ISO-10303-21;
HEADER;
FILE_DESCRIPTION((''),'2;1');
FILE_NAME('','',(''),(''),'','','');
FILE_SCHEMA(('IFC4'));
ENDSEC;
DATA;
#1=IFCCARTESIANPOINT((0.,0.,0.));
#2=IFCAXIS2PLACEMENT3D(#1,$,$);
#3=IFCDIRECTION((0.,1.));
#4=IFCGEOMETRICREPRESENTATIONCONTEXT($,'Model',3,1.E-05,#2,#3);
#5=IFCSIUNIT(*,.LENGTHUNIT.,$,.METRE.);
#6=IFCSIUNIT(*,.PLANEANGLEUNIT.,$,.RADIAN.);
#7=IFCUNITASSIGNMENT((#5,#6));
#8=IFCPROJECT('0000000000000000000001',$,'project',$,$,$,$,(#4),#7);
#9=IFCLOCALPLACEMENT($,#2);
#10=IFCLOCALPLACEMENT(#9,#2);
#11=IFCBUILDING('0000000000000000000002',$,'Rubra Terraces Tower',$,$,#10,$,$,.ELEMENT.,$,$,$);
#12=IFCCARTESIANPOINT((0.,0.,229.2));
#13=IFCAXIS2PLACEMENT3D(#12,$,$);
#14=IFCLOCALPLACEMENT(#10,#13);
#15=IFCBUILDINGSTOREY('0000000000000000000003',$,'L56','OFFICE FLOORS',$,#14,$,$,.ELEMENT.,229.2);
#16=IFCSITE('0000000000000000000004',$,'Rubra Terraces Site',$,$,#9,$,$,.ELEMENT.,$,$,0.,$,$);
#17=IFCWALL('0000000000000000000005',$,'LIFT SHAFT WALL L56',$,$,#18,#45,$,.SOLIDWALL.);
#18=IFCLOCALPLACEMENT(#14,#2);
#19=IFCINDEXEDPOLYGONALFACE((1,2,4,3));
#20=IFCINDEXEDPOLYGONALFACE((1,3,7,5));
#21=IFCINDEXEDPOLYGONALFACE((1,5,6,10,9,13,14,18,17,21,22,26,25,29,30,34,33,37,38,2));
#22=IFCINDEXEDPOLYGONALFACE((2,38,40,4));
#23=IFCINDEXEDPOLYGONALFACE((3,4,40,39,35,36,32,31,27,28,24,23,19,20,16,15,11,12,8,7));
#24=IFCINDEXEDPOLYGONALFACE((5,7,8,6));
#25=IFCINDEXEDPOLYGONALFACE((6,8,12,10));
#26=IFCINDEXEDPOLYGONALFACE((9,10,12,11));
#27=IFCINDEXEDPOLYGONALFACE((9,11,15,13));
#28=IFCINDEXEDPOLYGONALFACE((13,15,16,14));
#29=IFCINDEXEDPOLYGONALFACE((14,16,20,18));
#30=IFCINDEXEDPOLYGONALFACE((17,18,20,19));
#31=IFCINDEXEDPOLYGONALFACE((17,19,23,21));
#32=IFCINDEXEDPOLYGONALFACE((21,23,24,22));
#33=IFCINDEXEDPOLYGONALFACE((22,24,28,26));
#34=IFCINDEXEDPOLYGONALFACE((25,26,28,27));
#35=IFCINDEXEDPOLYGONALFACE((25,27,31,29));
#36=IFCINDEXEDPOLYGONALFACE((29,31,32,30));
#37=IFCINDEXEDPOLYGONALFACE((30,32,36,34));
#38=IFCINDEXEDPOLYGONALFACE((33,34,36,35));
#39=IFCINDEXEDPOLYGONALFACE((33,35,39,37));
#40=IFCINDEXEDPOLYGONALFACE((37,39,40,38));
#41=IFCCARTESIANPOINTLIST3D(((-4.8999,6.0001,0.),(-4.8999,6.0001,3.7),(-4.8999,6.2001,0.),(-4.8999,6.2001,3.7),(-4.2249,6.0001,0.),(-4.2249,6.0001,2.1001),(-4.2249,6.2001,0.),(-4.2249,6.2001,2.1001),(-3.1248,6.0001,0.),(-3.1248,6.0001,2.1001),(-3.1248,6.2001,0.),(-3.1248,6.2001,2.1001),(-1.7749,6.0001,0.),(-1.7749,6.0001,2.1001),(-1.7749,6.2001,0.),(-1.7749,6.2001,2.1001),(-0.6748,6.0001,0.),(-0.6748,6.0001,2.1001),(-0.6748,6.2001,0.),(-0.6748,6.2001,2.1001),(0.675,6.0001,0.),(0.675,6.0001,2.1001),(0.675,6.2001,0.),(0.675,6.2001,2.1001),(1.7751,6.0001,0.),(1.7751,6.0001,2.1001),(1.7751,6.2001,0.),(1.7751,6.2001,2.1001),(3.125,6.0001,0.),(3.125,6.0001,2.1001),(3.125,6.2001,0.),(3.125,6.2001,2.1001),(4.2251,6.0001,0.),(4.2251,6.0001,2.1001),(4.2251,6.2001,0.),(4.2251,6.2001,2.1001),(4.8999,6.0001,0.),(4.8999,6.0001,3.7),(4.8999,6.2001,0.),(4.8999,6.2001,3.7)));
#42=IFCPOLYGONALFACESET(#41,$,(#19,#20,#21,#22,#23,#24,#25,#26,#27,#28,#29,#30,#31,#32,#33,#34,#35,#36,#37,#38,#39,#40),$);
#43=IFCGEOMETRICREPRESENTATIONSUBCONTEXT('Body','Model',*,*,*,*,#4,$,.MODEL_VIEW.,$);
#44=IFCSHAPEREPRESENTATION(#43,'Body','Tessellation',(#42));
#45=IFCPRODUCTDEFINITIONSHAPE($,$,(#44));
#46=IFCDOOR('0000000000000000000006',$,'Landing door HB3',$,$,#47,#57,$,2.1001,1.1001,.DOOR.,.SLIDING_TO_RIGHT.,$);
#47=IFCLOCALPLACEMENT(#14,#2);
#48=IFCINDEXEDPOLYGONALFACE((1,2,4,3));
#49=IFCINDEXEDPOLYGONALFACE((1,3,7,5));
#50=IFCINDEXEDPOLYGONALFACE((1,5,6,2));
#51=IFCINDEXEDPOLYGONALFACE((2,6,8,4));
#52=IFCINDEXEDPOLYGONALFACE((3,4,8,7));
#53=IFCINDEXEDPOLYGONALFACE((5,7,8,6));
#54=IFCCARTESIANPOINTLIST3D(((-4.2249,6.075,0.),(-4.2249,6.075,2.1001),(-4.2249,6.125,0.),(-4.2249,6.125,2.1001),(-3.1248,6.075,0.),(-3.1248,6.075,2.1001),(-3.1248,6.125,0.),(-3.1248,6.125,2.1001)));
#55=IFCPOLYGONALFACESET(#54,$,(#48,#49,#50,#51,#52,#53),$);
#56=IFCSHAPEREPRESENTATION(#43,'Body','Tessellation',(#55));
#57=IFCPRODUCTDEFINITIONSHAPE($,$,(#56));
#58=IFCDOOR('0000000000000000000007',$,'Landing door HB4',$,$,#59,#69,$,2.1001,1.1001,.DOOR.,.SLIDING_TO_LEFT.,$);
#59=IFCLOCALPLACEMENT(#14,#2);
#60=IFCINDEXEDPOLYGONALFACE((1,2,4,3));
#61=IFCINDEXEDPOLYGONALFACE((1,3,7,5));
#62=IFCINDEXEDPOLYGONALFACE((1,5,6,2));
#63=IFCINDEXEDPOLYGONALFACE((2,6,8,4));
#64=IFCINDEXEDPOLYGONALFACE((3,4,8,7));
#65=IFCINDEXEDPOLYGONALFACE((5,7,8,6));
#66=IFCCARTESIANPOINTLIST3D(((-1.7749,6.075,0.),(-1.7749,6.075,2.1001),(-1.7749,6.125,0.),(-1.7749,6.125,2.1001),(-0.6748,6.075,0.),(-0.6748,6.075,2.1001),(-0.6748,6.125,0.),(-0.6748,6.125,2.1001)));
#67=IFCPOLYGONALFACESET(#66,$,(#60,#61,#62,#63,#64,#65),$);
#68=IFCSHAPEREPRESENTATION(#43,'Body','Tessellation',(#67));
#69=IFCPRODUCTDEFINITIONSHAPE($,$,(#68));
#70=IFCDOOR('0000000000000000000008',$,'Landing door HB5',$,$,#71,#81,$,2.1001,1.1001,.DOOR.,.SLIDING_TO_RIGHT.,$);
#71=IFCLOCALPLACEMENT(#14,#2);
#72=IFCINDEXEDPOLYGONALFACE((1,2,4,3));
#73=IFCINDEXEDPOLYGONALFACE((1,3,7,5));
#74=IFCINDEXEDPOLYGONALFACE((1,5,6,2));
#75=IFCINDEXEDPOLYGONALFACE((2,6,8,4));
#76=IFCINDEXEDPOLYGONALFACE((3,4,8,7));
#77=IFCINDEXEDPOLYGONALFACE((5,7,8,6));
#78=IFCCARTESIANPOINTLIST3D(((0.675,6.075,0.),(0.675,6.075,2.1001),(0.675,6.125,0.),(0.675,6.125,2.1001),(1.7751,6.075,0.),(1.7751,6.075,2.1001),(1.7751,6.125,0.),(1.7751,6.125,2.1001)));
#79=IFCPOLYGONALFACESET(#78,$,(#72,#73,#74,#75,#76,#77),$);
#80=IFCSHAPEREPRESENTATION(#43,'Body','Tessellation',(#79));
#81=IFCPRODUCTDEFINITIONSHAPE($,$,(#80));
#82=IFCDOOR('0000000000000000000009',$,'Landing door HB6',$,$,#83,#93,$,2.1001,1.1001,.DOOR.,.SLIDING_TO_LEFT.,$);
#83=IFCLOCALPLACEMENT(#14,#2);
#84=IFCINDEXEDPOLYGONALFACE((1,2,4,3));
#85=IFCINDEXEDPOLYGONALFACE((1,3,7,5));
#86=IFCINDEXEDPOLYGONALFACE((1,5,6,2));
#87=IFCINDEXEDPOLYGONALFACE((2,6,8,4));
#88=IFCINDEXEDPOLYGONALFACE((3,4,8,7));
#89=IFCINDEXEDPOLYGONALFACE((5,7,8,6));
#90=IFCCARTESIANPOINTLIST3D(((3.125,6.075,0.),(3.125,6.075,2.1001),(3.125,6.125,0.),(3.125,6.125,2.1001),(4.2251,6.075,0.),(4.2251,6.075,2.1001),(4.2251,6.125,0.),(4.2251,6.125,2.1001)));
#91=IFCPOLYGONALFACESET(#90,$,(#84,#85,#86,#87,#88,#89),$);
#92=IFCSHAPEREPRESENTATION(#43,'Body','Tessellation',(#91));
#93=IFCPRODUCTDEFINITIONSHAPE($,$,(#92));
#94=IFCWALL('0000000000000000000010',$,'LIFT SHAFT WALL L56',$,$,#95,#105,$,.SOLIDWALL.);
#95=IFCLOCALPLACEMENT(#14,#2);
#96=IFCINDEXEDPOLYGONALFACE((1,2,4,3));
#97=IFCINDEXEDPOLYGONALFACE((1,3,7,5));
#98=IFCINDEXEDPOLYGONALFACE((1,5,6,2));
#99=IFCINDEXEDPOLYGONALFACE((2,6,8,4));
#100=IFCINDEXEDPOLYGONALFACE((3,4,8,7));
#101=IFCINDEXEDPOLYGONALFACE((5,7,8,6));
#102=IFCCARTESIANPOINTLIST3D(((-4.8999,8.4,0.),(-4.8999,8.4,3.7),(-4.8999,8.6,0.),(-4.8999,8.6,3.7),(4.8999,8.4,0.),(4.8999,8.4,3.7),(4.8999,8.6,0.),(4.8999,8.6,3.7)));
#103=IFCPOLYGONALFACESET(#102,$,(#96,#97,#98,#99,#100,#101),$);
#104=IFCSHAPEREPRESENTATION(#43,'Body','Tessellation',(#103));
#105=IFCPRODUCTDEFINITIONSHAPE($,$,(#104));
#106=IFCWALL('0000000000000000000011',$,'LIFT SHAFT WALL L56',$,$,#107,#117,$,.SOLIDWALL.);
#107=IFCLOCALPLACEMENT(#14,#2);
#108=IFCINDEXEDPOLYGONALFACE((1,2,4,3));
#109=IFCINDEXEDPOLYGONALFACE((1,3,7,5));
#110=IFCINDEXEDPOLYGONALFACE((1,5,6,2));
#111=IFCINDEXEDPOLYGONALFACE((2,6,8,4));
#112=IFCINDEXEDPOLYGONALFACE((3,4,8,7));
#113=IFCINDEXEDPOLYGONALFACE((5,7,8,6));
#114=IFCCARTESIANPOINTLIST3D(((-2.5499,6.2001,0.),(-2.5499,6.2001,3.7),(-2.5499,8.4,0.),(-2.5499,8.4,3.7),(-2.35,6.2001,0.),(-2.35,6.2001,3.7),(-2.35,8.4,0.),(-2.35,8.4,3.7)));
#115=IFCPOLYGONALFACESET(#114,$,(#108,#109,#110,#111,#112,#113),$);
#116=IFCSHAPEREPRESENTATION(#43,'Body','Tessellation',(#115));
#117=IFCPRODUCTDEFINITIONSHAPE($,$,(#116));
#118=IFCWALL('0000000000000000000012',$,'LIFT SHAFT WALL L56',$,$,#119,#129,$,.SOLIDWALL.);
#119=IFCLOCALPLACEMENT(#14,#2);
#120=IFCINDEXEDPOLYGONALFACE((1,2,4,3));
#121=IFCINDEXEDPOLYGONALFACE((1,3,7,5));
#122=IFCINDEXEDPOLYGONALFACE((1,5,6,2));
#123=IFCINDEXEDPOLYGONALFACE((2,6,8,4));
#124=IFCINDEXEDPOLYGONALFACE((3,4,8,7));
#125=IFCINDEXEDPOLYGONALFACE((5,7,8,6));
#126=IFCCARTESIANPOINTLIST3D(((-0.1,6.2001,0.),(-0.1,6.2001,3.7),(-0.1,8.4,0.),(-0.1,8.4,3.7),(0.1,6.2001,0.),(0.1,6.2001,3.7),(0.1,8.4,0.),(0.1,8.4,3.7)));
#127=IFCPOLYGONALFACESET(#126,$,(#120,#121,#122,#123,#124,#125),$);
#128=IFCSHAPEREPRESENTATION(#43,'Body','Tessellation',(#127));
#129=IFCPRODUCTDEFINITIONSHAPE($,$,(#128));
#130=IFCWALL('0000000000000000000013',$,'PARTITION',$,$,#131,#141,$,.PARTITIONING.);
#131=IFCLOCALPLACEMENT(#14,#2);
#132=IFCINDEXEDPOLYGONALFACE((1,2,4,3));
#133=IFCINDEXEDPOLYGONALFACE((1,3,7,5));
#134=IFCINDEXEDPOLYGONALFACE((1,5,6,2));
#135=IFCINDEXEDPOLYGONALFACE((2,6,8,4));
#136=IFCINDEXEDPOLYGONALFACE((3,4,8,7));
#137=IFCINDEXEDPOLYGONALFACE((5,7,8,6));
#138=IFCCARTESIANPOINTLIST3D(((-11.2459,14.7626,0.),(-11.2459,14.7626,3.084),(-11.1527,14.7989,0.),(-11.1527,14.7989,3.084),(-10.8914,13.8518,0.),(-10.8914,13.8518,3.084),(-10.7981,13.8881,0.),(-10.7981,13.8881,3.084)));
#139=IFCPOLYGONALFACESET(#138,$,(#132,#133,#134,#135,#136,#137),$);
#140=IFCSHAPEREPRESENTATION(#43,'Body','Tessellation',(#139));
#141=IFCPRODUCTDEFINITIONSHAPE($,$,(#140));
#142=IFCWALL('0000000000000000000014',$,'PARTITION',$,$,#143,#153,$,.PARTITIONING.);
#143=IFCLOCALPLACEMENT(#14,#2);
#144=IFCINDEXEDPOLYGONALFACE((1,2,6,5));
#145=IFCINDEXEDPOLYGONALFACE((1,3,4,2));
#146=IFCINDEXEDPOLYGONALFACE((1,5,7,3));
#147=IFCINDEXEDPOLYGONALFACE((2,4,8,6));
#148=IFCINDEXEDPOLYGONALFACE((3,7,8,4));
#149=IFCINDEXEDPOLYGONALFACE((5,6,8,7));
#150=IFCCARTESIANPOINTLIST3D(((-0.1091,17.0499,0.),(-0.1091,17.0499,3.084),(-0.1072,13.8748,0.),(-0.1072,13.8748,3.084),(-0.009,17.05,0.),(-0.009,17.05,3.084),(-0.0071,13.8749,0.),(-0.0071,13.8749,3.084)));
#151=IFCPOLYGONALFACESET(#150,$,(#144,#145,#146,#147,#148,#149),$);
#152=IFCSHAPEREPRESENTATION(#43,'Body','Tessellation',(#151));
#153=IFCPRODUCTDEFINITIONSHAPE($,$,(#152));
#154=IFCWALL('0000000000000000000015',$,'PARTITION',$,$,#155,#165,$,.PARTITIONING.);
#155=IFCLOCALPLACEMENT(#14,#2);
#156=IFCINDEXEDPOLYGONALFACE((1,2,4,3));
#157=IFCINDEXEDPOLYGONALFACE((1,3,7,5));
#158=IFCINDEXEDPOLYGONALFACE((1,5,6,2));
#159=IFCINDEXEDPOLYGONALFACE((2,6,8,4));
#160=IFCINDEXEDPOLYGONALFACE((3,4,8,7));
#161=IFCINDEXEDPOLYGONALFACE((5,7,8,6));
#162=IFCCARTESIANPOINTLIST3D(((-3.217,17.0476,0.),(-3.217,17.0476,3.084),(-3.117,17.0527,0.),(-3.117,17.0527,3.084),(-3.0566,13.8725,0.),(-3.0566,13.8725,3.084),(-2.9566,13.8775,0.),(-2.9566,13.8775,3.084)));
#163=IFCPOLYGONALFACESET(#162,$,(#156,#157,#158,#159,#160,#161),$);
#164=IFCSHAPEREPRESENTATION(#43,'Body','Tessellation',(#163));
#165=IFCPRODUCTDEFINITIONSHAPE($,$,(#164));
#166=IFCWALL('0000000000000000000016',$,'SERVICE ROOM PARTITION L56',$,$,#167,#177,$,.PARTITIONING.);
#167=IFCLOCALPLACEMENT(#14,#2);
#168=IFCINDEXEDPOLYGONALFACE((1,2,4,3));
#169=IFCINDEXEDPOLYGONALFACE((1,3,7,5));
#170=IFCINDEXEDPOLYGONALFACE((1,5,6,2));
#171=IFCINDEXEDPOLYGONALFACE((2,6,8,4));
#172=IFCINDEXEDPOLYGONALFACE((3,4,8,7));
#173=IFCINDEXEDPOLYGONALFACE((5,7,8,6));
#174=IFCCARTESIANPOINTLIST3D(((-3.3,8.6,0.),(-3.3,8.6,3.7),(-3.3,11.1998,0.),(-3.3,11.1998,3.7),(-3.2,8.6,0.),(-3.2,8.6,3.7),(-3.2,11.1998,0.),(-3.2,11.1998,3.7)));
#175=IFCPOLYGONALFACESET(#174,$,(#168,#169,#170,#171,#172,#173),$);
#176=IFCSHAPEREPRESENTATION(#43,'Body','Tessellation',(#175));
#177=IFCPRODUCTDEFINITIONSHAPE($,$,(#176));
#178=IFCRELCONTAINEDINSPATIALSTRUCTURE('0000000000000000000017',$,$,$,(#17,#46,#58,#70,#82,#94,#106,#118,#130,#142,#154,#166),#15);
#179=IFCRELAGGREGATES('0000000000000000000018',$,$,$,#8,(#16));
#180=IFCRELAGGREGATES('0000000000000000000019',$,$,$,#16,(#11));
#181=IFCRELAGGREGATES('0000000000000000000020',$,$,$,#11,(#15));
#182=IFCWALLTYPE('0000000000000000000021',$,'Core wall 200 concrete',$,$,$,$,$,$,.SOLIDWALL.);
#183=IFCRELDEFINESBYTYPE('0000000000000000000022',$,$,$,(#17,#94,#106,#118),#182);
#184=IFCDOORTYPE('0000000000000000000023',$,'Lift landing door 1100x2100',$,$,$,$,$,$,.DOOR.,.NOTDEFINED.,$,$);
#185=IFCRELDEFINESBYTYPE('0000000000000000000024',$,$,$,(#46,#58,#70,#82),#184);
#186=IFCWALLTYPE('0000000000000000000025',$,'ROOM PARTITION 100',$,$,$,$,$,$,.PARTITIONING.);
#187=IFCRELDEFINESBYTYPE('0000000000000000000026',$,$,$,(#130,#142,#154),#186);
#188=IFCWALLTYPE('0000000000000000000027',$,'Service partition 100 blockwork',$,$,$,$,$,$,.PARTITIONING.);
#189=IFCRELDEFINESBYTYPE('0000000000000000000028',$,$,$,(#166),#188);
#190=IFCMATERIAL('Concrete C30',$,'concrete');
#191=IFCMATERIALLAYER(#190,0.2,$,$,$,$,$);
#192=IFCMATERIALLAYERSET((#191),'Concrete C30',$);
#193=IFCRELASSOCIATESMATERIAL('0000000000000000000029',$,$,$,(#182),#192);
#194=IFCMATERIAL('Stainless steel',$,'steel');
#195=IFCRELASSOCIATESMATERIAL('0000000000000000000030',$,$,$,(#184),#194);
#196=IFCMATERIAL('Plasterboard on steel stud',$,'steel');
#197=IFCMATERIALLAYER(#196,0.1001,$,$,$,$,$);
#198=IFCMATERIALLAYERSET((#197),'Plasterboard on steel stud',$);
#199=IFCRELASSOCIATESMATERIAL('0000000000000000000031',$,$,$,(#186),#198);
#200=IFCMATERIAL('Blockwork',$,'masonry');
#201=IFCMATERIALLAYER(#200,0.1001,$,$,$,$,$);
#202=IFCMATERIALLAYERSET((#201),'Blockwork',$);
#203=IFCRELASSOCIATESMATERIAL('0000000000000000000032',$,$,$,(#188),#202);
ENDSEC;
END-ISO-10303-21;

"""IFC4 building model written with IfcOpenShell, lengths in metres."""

from ifc_helpers import new_model, si_unit, direction, frame, frame_2d, origin, place, context, subcontext, project, spatial, rectangle, extrude, material, layer, layer_set, type_object, element, fill, save


model = new_model("IFC4")

# Units and contexts
model_context = context("Model", 3, precision=1e-05, world=origin(), true_north=direction((0.0, 1.0)))
body_context = subcontext(model_context, "Body", "Model", "MODEL_VIEW")
ifc_project = project(units=[si_unit("LENGTHUNIT", "METRE"), si_unit("PLANEANGLEUNIT", "RADIAN")], contexts=[model_context])

# Site, building, storey
site_placement = place(None, origin())
site = spatial("IfcSite", under=ifc_project, at=site_placement, Name="Rubra Terraces Site", CompositionType="ELEMENT", RefElevation=0.0)
building_placement = place(site_placement, origin())
building = spatial("IfcBuilding", under=site, at=building_placement, Name="Rubra Terraces Tower", CompositionType="ELEMENT")
storey_placement = place(building_placement, frame((0.0, 0.0, 229.2)))
storey = spatial("IfcBuildingStorey", under=building, at=storey_placement, Name="L56", Description="OFFICE FLOORS", CompositionType="ELEMENT", Elevation=229.2)

# Shared definitions
ifc_material_1 = material(Name="Concrete C30", Category="concrete")
ifc_layer_1 = layer(ifc_material_1, 0.2)
ifc_layer_set_1 = layer_set([ifc_layer_1], Name="Concrete C30")
wall_type_1 = type_object("IfcWallType", Name="Core wall 200 concrete", PredefinedType="SOLIDWALL", material=ifc_layer_set_1)

# Wall, openings, doors
ifc_material_2 = material(Name="Stainless steel", Category="steel")
door_type_1 = type_object("IfcDoorType", Name="Lift landing door 1100x2100", OperationType="NOTDEFINED", PredefinedType="DOOR", material=ifc_material_2)
wall_1_placement = place(storey_placement, frame((-4.8999, 6.1001, 0.0), z_axis=(0.0, 0.0, 1.0), x_axis=(1.0, 0.0, 0.0)))
wall_1 = element("IfcWall", 1, at=wall_1_placement, inside=storey, type_object=wall_type_1, Name="LIFT SHAFT WALL L56", PredefinedType="SOLIDWALL", context=body_context, shape_type="SweptSolid", body=[
    extrude(rectangle(XDim=9.7998, YDim=0.2, at=frame_2d((4.8999, 0.0))), origin(), (0.0, 0.0, 1.0), 3.7),
])
opening_1_placement = place(wall_1_placement, frame((0.675, 0.0, 0.0)))
opening_1 = element("IfcOpeningElement", 2, at=opening_1_placement, cuts=wall_1, PredefinedType="OPENING", context=body_context, shape_type="SweptSolid", body=[
    extrude(rectangle(XDim=1.1001, YDim=2.1001, at=frame_2d((0.55, 1.05))), frame((0.0, 0.1099, 0.0), z_axis=(0.0, -1.0, 0.0), x_axis=(1.0, 0.0, 0.0)), (0.0, 0.0, 1.0), 0.22),
])
opening_2_placement = place(wall_1_placement, frame((3.125, 0.0, 0.0)))
opening_2 = element("IfcOpeningElement", 3, at=opening_2_placement, cuts=wall_1, PredefinedType="OPENING", context=body_context, shape_type="SweptSolid", body=[
    extrude(rectangle(XDim=1.1001, YDim=2.1001, at=frame_2d((0.55, 1.05))), frame((0.0, 0.1099, 0.0), z_axis=(0.0, -1.0, 0.0), x_axis=(1.0, 0.0, 0.0)), (0.0, 0.0, 1.0), 0.22),
])
opening_3_placement = place(wall_1_placement, frame((5.575, 0.0, 0.0)))
opening_3 = element("IfcOpeningElement", 4, at=opening_3_placement, cuts=wall_1, PredefinedType="OPENING", context=body_context, shape_type="SweptSolid", body=[
    extrude(rectangle(XDim=1.1001, YDim=2.1001, at=frame_2d((0.55, 1.05))), frame((0.0, 0.1099, 0.0), z_axis=(0.0, -1.0, 0.0), x_axis=(1.0, 0.0, 0.0)), (0.0, 0.0, 1.0), 0.22),
])
opening_4_placement = place(wall_1_placement, frame((8.0249, 0.0, 0.0)))
opening_4 = element("IfcOpeningElement", 5, at=opening_4_placement, cuts=wall_1, PredefinedType="OPENING", context=body_context, shape_type="SweptSolid", body=[
    extrude(rectangle(XDim=1.1001, YDim=2.1001, at=frame_2d((0.55, 1.05))), frame((0.0, 0.1099, 0.0), z_axis=(0.0, -1.0, 0.0), x_axis=(1.0, 0.0, 0.0)), (0.0, 0.0, 1.0), 0.22),
])
door_1_placement = place(opening_1_placement, origin())
door_1 = element("IfcDoor", 6, at=door_1_placement, inside=storey, type_object=door_type_1, Name="Landing door HB3", OperationType="SLIDING_TO_RIGHT", OverallHeight=2.1001, OverallWidth=1.1001, PredefinedType="DOOR", context=body_context, shape_type="SweptSolid", body=[
    extrude(rectangle(XDim=1.1001, YDim=2.1001, at=frame_2d((0.55, 1.05))), frame((0.0, 0.0249, 0.0), z_axis=(0.0, -1.0, 0.0), x_axis=(1.0, 0.0, 0.0)), (0.0, 0.0, 1.0), 0.05),
])
fill(opening_1, door_1)
door_2_placement = place(opening_2_placement, origin())
door_2 = element("IfcDoor", 7, at=door_2_placement, inside=storey, type_object=door_type_1, Name="Landing door HB4", OperationType="SLIDING_TO_LEFT", OverallHeight=2.1001, OverallWidth=1.1001, PredefinedType="DOOR", context=body_context, shape_type="SweptSolid", body=[
    extrude(rectangle(XDim=1.1001, YDim=2.1001, at=frame_2d((0.55, 1.05))), frame((0.0, 0.0249, 0.0), z_axis=(0.0, -1.0, 0.0), x_axis=(1.0, 0.0, 0.0)), (0.0, 0.0, 1.0), 0.05),
])
fill(opening_2, door_2)
door_3_placement = place(opening_3_placement, origin())
door_3 = element("IfcDoor", 8, at=door_3_placement, inside=storey, type_object=door_type_1, Name="Landing door HB5", OperationType="SLIDING_TO_RIGHT", OverallHeight=2.1001, OverallWidth=1.1001, PredefinedType="DOOR", context=body_context, shape_type="SweptSolid", body=[
    extrude(rectangle(XDim=1.1001, YDim=2.1001, at=frame_2d((0.55, 1.05))), frame((0.0, 0.0249, 0.0), z_axis=(0.0, -1.0, 0.0), x_axis=(1.0, 0.0, 0.0)), (0.0, 0.0, 1.0), 0.05),
])
fill(opening_3, door_3)
door_4_placement = place(opening_4_placement, origin())
door_4 = element("IfcDoor", 9, at=door_4_placement, inside=storey, type_object=door_type_1, Name="Landing door HB6", OperationType="SLIDING_TO_LEFT", OverallHeight=2.1001, OverallWidth=1.1001, PredefinedType="DOOR", context=body_context, shape_type="SweptSolid", body=[
    extrude(rectangle(XDim=1.1001, YDim=2.1001, at=frame_2d((0.55, 1.05))), frame((0.0, 0.0249, 0.0), z_axis=(0.0, -1.0, 0.0), x_axis=(1.0, 0.0, 0.0)), (0.0, 0.0, 1.0), 0.05),
])
fill(opening_4, door_4)

# Walls
wall_2_placement = place(storey_placement, frame((-4.8999, 8.5, 0.0), z_axis=(0.0, 0.0, 1.0), x_axis=(1.0, 0.0, 0.0)))
element("IfcWall", 10, at=wall_2_placement, inside=storey, type_object=wall_type_1, Name="LIFT SHAFT WALL L56", PredefinedType="SOLIDWALL", context=body_context, shape_type="SweptSolid", body=[
    extrude(rectangle(XDim=9.7998, YDim=0.2, at=frame_2d((4.8999, 0.0))), origin(), (0.0, 0.0, 1.0), 3.7),
])
for number, where, z_axis, x_axis, name in (
    (11, (-2.45, 6.2, 0.0), (0.0, 0.0, 1.0), (0.0, 1.0, 0.0), "LIFT SHAFT WALL L56"),
    (12, (0.0, 6.2, 0.0), (0.0, 0.0, 1.0), (0.0, 1.0, 0.0), "LIFT SHAFT WALL L56"),
):
    element("IfcWall", number, at=place(storey_placement, frame(where, z_axis=z_axis, x_axis=x_axis)), inside=storey, type_object=wall_type_1, Name=name, PredefinedType="SOLIDWALL", context=body_context, shape_type="SweptSolid", body=[
        extrude(rectangle(XDim=2.2, YDim=0.2, at=frame_2d((1.1001, 0.0))), origin(), (0.0, 0.0, 1.0), 3.7),
    ])
ifc_material_3 = material(Name="Plasterboard on steel stud", Category="steel")
ifc_layer_2 = layer(ifc_material_3, 0.1001)
ifc_layer_set_2 = layer_set([ifc_layer_2], Name="Plasterboard on steel stud")
wall_type_2 = type_object("IfcWallType", Name="ROOM PARTITION 100", PredefinedType="PARTITIONING", material=ifc_layer_set_2)
wall_3_placement = place(storey_placement, frame((-10.8447, 13.8699, 0.0), z_axis=(0.0, 0.0, 1.0), x_axis=(-0.36276, 0.931883, 0.0)))
element("IfcWall", 13, at=wall_3_placement, inside=storey, type_object=wall_type_2, Name="PARTITION", PredefinedType="PARTITIONING", context=body_context, shape_type="SweptSolid", body=[
    extrude(rectangle(XDim=0.9773, YDim=0.1001, at=frame_2d((0.4888, 0.0))), origin(), (0.0, 0.0, 1.0), 3.084),
])
wall_4_placement = place(storey_placement, frame((-0.0571, 13.875, 0.0), z_axis=(0.0, 0.0, 1.0), x_axis=(-0.000615, 1.0, 0.0)))
element("IfcWall", 14, at=wall_4_placement, inside=storey, type_object=wall_type_2, Name="PARTITION", PredefinedType="PARTITIONING", context=body_context, shape_type="SweptSolid", body=[
    extrude(rectangle(XDim=3.175, YDim=0.1001, at=frame_2d((1.5874, 0.0))), origin(), (0.0, 0.0, 1.0), 3.084),
])
wall_5_placement = place(storey_placement, frame((-3.0066, 13.875, 0.0), z_axis=(0.0, 0.0, 1.0), x_axis=(-0.050455, 0.998726, 0.0)))
element("IfcWall", 15, at=wall_5_placement, inside=storey, type_object=wall_type_2, Name="PARTITION", PredefinedType="PARTITIONING", context=body_context, shape_type="SweptSolid", body=[
    extrude(rectangle(XDim=3.1792, YDim=0.1001, at=frame_2d((1.5896, 0.0))), origin(), (0.0, 0.0, 1.0), 3.084),
])
ifc_material_4 = material(Name="Blockwork", Category="masonry")
ifc_layer_3 = layer(ifc_material_4, 0.1001)
ifc_layer_set_3 = layer_set([ifc_layer_3], Name="Blockwork")
wall_type_3 = type_object("IfcWallType", Name="Service partition 100 blockwork", PredefinedType="PARTITIONING", material=ifc_layer_set_3)
for number, where, z_axis, x_axis, name in (
    (16, (-3.25, 8.6001, 0.0), (0.0, 0.0, 1.0), (0.0, 1.0, 0.0), "SERVICE ROOM PARTITION L56"),
):
    element("IfcWall", number, at=place(storey_placement, frame(where, z_axis=z_axis, x_axis=x_axis)), inside=storey, type_object=wall_type_3, Name=name, PredefinedType="PARTITIONING", context=body_context, shape_type="SweptSolid", body=[
        extrude(rectangle(XDim=2.5999, YDim=0.1001, at=frame_2d((1.2998, 0.0))), origin(), (0.0, 0.0, 1.0), 3.7),
    ])

save(model, "model.ifc")
